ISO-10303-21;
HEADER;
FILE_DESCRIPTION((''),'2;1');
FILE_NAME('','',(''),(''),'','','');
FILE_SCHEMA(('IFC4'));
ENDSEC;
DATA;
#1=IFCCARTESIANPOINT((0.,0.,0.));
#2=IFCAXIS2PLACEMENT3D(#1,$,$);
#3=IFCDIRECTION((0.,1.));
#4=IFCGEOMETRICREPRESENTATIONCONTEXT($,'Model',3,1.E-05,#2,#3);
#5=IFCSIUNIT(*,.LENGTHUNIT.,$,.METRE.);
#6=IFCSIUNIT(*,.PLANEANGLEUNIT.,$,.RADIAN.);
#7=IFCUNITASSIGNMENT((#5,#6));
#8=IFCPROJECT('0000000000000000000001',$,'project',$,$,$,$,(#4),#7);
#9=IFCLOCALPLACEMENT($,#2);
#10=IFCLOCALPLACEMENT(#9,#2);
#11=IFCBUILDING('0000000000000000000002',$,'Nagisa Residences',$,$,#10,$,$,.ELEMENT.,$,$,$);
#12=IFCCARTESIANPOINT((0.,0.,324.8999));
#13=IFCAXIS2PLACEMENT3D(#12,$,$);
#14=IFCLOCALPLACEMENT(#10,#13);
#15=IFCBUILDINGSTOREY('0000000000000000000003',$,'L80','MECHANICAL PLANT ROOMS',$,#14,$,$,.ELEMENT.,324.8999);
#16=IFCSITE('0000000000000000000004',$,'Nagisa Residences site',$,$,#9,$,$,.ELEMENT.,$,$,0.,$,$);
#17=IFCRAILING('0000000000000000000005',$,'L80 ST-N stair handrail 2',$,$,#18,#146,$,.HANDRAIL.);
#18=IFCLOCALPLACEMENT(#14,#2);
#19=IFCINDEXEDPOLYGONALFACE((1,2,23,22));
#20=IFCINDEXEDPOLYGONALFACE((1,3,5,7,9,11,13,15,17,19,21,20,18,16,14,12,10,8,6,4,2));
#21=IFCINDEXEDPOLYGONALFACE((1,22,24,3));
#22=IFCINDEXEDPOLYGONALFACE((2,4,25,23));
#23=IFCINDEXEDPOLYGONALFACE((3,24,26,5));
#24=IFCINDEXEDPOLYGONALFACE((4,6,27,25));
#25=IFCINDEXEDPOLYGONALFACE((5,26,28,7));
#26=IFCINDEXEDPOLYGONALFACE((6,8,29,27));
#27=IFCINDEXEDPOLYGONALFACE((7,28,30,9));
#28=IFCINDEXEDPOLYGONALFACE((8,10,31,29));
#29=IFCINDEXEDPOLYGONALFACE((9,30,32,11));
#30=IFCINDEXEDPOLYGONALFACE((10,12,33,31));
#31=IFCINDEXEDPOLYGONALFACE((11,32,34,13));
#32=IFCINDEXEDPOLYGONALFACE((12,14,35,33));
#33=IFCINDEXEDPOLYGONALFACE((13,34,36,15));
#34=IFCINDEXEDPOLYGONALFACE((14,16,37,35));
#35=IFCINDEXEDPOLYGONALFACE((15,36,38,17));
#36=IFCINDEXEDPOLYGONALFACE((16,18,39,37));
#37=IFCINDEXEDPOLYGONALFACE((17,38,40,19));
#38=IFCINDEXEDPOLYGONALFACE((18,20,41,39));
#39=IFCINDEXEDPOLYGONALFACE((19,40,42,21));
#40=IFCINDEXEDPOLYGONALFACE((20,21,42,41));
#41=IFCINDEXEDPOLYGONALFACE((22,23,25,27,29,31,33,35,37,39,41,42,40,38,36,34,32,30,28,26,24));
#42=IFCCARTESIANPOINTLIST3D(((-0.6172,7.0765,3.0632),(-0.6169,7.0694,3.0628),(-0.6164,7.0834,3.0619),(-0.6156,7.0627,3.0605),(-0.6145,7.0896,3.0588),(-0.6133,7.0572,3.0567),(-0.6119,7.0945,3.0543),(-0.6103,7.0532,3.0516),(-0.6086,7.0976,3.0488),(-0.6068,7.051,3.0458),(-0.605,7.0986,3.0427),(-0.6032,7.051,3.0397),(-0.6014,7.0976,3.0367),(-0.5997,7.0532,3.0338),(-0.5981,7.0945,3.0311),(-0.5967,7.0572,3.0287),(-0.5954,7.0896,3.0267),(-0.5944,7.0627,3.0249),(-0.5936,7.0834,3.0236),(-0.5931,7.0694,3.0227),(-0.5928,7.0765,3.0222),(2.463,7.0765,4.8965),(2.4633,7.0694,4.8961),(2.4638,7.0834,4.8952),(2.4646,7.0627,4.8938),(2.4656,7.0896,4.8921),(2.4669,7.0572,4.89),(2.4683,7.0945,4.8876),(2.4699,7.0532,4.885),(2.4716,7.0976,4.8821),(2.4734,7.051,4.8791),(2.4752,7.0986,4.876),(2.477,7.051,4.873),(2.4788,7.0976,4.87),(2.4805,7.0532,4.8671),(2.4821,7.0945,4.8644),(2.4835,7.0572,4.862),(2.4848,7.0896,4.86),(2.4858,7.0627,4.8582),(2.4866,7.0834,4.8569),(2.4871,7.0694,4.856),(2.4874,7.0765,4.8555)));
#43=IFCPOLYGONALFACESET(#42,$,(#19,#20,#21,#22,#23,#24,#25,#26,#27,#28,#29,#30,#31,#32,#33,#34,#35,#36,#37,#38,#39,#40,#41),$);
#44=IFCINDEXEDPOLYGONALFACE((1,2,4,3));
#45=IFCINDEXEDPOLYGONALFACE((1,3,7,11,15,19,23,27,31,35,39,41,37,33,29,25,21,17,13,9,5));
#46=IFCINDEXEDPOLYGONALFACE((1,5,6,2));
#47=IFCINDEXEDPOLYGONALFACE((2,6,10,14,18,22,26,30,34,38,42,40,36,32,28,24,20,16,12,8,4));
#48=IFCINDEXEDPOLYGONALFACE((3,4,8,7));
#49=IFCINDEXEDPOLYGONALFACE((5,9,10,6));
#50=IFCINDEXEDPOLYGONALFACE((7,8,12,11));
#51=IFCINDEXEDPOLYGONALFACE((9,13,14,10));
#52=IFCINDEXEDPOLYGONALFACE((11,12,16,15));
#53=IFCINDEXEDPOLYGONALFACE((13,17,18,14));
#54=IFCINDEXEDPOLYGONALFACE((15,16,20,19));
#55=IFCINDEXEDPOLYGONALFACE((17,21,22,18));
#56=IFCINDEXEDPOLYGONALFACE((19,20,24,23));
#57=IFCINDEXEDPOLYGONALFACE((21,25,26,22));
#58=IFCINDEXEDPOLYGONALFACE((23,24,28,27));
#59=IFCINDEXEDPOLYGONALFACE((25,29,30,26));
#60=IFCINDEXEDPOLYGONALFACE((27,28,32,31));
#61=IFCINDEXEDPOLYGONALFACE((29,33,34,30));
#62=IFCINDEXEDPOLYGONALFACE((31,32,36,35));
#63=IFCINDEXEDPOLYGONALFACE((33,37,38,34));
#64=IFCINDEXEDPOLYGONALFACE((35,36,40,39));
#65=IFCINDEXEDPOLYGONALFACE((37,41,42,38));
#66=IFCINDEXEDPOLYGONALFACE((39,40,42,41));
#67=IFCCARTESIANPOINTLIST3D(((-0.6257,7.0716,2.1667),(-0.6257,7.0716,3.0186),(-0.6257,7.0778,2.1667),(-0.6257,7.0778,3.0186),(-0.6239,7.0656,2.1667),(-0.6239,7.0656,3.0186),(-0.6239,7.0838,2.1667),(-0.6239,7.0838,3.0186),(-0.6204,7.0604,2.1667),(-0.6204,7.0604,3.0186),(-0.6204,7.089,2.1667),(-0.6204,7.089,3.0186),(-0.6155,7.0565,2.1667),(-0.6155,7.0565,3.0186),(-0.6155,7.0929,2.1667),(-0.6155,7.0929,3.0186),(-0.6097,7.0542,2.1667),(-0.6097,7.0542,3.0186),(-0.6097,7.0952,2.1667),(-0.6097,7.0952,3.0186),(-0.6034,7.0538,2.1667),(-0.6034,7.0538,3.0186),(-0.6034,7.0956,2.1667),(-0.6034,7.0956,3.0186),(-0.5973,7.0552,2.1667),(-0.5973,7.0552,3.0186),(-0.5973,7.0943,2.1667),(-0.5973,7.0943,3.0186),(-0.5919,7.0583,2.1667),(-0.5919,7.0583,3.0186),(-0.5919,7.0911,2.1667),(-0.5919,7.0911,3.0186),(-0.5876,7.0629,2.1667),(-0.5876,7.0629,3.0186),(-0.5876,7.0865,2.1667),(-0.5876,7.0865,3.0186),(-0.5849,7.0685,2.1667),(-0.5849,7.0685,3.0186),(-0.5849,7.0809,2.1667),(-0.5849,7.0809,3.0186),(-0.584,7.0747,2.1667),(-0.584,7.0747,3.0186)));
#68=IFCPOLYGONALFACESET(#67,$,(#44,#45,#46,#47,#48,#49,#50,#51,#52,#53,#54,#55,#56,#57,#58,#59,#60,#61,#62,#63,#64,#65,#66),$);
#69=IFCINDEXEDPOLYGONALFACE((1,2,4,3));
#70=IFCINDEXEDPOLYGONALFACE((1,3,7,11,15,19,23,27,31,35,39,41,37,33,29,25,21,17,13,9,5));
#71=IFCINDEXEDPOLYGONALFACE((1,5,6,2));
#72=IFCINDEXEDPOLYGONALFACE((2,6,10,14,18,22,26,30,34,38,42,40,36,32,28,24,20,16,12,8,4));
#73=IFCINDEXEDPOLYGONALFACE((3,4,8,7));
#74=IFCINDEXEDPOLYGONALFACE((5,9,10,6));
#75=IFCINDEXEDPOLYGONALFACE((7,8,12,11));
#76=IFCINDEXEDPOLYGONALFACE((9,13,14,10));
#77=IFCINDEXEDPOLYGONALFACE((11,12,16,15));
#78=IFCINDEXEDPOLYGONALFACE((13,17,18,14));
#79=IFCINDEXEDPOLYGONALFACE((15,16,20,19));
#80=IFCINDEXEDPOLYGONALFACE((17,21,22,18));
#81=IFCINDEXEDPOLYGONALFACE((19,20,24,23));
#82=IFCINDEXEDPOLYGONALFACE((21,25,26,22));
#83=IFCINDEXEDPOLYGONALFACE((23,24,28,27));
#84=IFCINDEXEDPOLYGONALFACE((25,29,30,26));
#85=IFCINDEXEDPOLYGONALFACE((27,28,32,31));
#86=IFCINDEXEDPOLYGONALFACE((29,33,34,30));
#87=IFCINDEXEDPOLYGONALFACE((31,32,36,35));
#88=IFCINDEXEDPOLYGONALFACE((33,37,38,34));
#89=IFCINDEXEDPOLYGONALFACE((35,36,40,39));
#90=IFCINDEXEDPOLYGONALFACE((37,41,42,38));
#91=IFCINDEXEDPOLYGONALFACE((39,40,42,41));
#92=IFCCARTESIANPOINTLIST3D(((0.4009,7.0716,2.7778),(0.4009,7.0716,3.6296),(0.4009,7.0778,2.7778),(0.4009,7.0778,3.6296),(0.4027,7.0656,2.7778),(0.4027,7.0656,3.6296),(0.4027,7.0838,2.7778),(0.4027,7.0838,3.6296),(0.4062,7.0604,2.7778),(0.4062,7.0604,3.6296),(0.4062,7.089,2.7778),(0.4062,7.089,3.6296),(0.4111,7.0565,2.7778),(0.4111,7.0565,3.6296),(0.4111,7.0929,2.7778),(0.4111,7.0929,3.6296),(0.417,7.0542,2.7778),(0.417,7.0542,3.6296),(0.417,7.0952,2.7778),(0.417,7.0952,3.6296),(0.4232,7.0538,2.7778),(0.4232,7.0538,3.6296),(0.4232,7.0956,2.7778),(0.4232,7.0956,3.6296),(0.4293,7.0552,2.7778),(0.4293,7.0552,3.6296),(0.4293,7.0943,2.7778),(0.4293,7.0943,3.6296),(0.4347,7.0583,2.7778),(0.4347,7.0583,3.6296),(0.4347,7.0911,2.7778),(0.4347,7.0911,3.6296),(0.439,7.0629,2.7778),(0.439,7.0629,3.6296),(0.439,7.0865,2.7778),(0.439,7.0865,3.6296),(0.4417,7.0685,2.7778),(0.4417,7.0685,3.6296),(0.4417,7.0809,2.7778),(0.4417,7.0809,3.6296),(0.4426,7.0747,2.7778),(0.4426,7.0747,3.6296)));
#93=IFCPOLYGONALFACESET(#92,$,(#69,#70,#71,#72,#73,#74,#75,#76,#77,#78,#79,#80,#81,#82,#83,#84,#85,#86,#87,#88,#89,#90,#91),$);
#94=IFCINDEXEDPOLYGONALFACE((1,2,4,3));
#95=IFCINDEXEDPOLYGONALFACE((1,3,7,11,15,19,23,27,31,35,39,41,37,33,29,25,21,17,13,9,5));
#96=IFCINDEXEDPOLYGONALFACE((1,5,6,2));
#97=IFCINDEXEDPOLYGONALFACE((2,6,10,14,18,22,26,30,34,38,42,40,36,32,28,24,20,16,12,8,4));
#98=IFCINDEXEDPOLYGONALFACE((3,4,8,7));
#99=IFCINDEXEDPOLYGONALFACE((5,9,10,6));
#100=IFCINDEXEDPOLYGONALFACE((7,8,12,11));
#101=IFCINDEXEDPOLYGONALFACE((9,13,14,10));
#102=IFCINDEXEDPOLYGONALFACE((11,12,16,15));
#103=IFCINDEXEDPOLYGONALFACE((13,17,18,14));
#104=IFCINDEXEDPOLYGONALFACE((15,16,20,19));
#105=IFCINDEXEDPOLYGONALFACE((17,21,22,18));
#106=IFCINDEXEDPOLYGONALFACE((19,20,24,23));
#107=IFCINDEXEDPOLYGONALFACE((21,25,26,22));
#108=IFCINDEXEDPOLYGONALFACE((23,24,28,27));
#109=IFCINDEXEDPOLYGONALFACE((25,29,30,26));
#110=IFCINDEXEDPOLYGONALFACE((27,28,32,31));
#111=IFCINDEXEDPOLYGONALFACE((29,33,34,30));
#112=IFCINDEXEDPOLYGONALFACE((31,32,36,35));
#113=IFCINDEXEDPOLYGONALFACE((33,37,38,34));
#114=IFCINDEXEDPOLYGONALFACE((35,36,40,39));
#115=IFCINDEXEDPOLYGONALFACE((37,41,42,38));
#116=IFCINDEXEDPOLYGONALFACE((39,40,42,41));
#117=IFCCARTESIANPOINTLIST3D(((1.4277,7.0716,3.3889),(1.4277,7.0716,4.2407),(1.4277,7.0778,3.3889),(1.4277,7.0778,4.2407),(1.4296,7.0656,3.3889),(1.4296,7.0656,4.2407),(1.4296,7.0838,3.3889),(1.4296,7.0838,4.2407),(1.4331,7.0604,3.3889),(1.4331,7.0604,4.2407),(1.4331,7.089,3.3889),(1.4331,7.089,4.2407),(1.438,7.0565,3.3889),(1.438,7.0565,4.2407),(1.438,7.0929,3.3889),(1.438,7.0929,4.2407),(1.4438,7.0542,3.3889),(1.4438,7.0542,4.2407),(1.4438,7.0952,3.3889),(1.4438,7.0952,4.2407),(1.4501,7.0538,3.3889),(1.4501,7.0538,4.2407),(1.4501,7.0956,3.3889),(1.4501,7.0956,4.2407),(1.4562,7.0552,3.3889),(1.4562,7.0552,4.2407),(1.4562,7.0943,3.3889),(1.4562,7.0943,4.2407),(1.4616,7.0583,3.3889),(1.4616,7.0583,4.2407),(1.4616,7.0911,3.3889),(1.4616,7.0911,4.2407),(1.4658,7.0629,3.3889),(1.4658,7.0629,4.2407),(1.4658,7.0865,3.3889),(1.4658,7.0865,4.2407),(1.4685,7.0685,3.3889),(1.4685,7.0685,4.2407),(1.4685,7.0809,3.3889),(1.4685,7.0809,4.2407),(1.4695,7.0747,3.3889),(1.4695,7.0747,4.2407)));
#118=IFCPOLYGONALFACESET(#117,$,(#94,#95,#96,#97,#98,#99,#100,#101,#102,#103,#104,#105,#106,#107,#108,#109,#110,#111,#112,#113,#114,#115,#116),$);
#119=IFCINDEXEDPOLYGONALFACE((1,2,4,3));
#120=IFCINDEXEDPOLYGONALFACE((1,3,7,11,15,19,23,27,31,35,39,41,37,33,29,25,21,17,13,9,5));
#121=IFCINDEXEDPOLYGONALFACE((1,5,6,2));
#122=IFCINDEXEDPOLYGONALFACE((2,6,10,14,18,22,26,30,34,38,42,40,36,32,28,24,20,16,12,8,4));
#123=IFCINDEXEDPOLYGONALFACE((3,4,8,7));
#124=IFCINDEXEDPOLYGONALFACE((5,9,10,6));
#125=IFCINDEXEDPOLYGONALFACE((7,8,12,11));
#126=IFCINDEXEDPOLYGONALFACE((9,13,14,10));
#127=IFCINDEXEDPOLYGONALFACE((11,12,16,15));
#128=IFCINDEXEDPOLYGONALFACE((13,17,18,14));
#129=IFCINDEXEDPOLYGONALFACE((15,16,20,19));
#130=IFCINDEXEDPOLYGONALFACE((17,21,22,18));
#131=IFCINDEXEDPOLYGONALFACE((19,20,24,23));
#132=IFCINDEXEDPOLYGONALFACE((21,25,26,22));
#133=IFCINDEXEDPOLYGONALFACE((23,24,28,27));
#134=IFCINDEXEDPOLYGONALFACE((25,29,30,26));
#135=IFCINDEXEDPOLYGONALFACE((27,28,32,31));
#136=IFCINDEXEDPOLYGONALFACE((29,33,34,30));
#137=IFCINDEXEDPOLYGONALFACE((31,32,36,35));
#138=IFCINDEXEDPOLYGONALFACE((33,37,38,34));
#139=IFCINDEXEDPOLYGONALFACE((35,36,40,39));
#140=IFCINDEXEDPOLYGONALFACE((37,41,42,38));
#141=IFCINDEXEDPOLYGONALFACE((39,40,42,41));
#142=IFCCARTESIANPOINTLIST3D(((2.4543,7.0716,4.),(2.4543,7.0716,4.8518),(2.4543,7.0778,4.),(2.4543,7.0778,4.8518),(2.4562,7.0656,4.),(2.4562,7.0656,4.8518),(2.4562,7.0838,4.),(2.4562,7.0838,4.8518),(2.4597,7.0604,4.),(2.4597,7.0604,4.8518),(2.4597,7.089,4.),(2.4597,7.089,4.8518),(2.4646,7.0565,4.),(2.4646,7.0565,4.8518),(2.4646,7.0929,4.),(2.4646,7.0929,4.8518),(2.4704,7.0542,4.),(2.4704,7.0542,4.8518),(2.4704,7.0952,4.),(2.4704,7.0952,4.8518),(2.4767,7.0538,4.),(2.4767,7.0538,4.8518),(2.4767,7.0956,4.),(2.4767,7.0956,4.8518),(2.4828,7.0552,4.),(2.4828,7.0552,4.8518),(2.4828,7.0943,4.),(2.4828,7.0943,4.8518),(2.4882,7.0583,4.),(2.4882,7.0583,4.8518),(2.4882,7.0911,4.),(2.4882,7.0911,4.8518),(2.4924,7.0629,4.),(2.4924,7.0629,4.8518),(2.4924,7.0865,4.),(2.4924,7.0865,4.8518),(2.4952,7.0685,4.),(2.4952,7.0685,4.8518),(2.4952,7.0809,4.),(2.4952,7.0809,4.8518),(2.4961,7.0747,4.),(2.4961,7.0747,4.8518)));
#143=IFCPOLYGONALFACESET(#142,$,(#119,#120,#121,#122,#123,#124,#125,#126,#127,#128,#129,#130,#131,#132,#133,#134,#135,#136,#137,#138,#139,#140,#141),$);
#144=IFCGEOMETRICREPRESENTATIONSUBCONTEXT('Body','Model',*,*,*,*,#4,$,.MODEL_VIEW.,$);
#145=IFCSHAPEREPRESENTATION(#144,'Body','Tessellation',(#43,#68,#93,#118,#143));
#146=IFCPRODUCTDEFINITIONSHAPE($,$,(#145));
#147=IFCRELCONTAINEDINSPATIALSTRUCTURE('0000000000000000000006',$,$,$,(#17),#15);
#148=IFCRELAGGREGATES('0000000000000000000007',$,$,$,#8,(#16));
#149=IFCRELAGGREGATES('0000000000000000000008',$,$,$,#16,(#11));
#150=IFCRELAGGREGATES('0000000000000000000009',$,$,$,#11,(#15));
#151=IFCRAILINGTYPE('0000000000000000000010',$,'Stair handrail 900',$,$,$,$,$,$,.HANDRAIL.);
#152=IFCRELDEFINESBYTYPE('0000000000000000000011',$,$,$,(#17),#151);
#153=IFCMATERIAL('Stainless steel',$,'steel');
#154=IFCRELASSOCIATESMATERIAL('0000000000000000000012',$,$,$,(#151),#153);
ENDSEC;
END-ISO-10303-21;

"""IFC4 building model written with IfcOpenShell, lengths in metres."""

from ifc_helpers import new_model, si_unit, direction, frame, origin, origin_2d, place, context, subcontext, project, spatial, circle, extrude, material, type_object, element, save


model = new_model("IFC4")

# Units and contexts
model_context = context("Model", 3, precision=1e-05, world=origin(), true_north=direction((0.0, 1.0)))
body_context = subcontext(model_context, "Body", "Model", "MODEL_VIEW")
ifc_project = project(units=[si_unit("LENGTHUNIT", "METRE"), si_unit("PLANEANGLEUNIT", "RADIAN")], contexts=[model_context])

# Site, building, storey
site_placement = place(None, origin())
site = spatial("IfcSite", under=ifc_project, at=site_placement, Name="Nagisa Residences site", CompositionType="ELEMENT", RefElevation=0.0)
building_placement = place(site_placement, origin())
building = spatial("IfcBuilding", under=site, at=building_placement, Name="Nagisa Residences", CompositionType="ELEMENT")
storey_placement = place(building_placement, frame((0.0, 0.0, 324.8999)))
storey = spatial("IfcBuildingStorey", under=building, at=storey_placement, Name="L80", Description="MECHANICAL PLANT ROOMS", CompositionType="ELEMENT", Elevation=324.8999)

# Railing
ifc_material_1 = material(Name="Stainless steel", Category="steel")
railing_type = type_object("IfcRailingType", Name="Stair handrail 900", PredefinedType="HANDRAIL", material=ifc_material_1)
railing_placement = place(storey_placement, frame((-0.605, 7.0747, 2.1667)))
element("IfcRailing", 1, at=railing_placement, inside=storey, type_object=railing_type, Name="L80 ST-N stair handrail 2", PredefinedType="HANDRAIL", context=body_context, shape_type="SweptSolid", body=[
    extrude(circle(Radius=0.0239, at=origin_2d()), frame((0.0, 0.0, 0.876), z_axis=(0.859309, 0.0, 0.511458), x_axis=(0.0, 1.0, 0.0)), (0.0, 0.0, 1.0), 3.5845),
    extrude(circle(Radius=0.021, at=origin_2d()), origin(), (0.0, 0.0, 1.0), 0.8518),
    extrude(circle(Radius=0.021, at=origin_2d()), frame((1.0266, 0.0, 0.6111)), (0.0, 0.0, 1.0), 0.8518),
    extrude(circle(Radius=0.021, at=origin_2d()), frame((2.0535, 0.0, 1.2222)), (0.0, 0.0, 1.0), 0.8518),
    extrude(circle(Radius=0.021, at=origin_2d()), frame((3.0801, 0.0, 1.8333)), (0.0, 0.0, 1.0), 0.8518),
])

save(model, "model.ifc")
